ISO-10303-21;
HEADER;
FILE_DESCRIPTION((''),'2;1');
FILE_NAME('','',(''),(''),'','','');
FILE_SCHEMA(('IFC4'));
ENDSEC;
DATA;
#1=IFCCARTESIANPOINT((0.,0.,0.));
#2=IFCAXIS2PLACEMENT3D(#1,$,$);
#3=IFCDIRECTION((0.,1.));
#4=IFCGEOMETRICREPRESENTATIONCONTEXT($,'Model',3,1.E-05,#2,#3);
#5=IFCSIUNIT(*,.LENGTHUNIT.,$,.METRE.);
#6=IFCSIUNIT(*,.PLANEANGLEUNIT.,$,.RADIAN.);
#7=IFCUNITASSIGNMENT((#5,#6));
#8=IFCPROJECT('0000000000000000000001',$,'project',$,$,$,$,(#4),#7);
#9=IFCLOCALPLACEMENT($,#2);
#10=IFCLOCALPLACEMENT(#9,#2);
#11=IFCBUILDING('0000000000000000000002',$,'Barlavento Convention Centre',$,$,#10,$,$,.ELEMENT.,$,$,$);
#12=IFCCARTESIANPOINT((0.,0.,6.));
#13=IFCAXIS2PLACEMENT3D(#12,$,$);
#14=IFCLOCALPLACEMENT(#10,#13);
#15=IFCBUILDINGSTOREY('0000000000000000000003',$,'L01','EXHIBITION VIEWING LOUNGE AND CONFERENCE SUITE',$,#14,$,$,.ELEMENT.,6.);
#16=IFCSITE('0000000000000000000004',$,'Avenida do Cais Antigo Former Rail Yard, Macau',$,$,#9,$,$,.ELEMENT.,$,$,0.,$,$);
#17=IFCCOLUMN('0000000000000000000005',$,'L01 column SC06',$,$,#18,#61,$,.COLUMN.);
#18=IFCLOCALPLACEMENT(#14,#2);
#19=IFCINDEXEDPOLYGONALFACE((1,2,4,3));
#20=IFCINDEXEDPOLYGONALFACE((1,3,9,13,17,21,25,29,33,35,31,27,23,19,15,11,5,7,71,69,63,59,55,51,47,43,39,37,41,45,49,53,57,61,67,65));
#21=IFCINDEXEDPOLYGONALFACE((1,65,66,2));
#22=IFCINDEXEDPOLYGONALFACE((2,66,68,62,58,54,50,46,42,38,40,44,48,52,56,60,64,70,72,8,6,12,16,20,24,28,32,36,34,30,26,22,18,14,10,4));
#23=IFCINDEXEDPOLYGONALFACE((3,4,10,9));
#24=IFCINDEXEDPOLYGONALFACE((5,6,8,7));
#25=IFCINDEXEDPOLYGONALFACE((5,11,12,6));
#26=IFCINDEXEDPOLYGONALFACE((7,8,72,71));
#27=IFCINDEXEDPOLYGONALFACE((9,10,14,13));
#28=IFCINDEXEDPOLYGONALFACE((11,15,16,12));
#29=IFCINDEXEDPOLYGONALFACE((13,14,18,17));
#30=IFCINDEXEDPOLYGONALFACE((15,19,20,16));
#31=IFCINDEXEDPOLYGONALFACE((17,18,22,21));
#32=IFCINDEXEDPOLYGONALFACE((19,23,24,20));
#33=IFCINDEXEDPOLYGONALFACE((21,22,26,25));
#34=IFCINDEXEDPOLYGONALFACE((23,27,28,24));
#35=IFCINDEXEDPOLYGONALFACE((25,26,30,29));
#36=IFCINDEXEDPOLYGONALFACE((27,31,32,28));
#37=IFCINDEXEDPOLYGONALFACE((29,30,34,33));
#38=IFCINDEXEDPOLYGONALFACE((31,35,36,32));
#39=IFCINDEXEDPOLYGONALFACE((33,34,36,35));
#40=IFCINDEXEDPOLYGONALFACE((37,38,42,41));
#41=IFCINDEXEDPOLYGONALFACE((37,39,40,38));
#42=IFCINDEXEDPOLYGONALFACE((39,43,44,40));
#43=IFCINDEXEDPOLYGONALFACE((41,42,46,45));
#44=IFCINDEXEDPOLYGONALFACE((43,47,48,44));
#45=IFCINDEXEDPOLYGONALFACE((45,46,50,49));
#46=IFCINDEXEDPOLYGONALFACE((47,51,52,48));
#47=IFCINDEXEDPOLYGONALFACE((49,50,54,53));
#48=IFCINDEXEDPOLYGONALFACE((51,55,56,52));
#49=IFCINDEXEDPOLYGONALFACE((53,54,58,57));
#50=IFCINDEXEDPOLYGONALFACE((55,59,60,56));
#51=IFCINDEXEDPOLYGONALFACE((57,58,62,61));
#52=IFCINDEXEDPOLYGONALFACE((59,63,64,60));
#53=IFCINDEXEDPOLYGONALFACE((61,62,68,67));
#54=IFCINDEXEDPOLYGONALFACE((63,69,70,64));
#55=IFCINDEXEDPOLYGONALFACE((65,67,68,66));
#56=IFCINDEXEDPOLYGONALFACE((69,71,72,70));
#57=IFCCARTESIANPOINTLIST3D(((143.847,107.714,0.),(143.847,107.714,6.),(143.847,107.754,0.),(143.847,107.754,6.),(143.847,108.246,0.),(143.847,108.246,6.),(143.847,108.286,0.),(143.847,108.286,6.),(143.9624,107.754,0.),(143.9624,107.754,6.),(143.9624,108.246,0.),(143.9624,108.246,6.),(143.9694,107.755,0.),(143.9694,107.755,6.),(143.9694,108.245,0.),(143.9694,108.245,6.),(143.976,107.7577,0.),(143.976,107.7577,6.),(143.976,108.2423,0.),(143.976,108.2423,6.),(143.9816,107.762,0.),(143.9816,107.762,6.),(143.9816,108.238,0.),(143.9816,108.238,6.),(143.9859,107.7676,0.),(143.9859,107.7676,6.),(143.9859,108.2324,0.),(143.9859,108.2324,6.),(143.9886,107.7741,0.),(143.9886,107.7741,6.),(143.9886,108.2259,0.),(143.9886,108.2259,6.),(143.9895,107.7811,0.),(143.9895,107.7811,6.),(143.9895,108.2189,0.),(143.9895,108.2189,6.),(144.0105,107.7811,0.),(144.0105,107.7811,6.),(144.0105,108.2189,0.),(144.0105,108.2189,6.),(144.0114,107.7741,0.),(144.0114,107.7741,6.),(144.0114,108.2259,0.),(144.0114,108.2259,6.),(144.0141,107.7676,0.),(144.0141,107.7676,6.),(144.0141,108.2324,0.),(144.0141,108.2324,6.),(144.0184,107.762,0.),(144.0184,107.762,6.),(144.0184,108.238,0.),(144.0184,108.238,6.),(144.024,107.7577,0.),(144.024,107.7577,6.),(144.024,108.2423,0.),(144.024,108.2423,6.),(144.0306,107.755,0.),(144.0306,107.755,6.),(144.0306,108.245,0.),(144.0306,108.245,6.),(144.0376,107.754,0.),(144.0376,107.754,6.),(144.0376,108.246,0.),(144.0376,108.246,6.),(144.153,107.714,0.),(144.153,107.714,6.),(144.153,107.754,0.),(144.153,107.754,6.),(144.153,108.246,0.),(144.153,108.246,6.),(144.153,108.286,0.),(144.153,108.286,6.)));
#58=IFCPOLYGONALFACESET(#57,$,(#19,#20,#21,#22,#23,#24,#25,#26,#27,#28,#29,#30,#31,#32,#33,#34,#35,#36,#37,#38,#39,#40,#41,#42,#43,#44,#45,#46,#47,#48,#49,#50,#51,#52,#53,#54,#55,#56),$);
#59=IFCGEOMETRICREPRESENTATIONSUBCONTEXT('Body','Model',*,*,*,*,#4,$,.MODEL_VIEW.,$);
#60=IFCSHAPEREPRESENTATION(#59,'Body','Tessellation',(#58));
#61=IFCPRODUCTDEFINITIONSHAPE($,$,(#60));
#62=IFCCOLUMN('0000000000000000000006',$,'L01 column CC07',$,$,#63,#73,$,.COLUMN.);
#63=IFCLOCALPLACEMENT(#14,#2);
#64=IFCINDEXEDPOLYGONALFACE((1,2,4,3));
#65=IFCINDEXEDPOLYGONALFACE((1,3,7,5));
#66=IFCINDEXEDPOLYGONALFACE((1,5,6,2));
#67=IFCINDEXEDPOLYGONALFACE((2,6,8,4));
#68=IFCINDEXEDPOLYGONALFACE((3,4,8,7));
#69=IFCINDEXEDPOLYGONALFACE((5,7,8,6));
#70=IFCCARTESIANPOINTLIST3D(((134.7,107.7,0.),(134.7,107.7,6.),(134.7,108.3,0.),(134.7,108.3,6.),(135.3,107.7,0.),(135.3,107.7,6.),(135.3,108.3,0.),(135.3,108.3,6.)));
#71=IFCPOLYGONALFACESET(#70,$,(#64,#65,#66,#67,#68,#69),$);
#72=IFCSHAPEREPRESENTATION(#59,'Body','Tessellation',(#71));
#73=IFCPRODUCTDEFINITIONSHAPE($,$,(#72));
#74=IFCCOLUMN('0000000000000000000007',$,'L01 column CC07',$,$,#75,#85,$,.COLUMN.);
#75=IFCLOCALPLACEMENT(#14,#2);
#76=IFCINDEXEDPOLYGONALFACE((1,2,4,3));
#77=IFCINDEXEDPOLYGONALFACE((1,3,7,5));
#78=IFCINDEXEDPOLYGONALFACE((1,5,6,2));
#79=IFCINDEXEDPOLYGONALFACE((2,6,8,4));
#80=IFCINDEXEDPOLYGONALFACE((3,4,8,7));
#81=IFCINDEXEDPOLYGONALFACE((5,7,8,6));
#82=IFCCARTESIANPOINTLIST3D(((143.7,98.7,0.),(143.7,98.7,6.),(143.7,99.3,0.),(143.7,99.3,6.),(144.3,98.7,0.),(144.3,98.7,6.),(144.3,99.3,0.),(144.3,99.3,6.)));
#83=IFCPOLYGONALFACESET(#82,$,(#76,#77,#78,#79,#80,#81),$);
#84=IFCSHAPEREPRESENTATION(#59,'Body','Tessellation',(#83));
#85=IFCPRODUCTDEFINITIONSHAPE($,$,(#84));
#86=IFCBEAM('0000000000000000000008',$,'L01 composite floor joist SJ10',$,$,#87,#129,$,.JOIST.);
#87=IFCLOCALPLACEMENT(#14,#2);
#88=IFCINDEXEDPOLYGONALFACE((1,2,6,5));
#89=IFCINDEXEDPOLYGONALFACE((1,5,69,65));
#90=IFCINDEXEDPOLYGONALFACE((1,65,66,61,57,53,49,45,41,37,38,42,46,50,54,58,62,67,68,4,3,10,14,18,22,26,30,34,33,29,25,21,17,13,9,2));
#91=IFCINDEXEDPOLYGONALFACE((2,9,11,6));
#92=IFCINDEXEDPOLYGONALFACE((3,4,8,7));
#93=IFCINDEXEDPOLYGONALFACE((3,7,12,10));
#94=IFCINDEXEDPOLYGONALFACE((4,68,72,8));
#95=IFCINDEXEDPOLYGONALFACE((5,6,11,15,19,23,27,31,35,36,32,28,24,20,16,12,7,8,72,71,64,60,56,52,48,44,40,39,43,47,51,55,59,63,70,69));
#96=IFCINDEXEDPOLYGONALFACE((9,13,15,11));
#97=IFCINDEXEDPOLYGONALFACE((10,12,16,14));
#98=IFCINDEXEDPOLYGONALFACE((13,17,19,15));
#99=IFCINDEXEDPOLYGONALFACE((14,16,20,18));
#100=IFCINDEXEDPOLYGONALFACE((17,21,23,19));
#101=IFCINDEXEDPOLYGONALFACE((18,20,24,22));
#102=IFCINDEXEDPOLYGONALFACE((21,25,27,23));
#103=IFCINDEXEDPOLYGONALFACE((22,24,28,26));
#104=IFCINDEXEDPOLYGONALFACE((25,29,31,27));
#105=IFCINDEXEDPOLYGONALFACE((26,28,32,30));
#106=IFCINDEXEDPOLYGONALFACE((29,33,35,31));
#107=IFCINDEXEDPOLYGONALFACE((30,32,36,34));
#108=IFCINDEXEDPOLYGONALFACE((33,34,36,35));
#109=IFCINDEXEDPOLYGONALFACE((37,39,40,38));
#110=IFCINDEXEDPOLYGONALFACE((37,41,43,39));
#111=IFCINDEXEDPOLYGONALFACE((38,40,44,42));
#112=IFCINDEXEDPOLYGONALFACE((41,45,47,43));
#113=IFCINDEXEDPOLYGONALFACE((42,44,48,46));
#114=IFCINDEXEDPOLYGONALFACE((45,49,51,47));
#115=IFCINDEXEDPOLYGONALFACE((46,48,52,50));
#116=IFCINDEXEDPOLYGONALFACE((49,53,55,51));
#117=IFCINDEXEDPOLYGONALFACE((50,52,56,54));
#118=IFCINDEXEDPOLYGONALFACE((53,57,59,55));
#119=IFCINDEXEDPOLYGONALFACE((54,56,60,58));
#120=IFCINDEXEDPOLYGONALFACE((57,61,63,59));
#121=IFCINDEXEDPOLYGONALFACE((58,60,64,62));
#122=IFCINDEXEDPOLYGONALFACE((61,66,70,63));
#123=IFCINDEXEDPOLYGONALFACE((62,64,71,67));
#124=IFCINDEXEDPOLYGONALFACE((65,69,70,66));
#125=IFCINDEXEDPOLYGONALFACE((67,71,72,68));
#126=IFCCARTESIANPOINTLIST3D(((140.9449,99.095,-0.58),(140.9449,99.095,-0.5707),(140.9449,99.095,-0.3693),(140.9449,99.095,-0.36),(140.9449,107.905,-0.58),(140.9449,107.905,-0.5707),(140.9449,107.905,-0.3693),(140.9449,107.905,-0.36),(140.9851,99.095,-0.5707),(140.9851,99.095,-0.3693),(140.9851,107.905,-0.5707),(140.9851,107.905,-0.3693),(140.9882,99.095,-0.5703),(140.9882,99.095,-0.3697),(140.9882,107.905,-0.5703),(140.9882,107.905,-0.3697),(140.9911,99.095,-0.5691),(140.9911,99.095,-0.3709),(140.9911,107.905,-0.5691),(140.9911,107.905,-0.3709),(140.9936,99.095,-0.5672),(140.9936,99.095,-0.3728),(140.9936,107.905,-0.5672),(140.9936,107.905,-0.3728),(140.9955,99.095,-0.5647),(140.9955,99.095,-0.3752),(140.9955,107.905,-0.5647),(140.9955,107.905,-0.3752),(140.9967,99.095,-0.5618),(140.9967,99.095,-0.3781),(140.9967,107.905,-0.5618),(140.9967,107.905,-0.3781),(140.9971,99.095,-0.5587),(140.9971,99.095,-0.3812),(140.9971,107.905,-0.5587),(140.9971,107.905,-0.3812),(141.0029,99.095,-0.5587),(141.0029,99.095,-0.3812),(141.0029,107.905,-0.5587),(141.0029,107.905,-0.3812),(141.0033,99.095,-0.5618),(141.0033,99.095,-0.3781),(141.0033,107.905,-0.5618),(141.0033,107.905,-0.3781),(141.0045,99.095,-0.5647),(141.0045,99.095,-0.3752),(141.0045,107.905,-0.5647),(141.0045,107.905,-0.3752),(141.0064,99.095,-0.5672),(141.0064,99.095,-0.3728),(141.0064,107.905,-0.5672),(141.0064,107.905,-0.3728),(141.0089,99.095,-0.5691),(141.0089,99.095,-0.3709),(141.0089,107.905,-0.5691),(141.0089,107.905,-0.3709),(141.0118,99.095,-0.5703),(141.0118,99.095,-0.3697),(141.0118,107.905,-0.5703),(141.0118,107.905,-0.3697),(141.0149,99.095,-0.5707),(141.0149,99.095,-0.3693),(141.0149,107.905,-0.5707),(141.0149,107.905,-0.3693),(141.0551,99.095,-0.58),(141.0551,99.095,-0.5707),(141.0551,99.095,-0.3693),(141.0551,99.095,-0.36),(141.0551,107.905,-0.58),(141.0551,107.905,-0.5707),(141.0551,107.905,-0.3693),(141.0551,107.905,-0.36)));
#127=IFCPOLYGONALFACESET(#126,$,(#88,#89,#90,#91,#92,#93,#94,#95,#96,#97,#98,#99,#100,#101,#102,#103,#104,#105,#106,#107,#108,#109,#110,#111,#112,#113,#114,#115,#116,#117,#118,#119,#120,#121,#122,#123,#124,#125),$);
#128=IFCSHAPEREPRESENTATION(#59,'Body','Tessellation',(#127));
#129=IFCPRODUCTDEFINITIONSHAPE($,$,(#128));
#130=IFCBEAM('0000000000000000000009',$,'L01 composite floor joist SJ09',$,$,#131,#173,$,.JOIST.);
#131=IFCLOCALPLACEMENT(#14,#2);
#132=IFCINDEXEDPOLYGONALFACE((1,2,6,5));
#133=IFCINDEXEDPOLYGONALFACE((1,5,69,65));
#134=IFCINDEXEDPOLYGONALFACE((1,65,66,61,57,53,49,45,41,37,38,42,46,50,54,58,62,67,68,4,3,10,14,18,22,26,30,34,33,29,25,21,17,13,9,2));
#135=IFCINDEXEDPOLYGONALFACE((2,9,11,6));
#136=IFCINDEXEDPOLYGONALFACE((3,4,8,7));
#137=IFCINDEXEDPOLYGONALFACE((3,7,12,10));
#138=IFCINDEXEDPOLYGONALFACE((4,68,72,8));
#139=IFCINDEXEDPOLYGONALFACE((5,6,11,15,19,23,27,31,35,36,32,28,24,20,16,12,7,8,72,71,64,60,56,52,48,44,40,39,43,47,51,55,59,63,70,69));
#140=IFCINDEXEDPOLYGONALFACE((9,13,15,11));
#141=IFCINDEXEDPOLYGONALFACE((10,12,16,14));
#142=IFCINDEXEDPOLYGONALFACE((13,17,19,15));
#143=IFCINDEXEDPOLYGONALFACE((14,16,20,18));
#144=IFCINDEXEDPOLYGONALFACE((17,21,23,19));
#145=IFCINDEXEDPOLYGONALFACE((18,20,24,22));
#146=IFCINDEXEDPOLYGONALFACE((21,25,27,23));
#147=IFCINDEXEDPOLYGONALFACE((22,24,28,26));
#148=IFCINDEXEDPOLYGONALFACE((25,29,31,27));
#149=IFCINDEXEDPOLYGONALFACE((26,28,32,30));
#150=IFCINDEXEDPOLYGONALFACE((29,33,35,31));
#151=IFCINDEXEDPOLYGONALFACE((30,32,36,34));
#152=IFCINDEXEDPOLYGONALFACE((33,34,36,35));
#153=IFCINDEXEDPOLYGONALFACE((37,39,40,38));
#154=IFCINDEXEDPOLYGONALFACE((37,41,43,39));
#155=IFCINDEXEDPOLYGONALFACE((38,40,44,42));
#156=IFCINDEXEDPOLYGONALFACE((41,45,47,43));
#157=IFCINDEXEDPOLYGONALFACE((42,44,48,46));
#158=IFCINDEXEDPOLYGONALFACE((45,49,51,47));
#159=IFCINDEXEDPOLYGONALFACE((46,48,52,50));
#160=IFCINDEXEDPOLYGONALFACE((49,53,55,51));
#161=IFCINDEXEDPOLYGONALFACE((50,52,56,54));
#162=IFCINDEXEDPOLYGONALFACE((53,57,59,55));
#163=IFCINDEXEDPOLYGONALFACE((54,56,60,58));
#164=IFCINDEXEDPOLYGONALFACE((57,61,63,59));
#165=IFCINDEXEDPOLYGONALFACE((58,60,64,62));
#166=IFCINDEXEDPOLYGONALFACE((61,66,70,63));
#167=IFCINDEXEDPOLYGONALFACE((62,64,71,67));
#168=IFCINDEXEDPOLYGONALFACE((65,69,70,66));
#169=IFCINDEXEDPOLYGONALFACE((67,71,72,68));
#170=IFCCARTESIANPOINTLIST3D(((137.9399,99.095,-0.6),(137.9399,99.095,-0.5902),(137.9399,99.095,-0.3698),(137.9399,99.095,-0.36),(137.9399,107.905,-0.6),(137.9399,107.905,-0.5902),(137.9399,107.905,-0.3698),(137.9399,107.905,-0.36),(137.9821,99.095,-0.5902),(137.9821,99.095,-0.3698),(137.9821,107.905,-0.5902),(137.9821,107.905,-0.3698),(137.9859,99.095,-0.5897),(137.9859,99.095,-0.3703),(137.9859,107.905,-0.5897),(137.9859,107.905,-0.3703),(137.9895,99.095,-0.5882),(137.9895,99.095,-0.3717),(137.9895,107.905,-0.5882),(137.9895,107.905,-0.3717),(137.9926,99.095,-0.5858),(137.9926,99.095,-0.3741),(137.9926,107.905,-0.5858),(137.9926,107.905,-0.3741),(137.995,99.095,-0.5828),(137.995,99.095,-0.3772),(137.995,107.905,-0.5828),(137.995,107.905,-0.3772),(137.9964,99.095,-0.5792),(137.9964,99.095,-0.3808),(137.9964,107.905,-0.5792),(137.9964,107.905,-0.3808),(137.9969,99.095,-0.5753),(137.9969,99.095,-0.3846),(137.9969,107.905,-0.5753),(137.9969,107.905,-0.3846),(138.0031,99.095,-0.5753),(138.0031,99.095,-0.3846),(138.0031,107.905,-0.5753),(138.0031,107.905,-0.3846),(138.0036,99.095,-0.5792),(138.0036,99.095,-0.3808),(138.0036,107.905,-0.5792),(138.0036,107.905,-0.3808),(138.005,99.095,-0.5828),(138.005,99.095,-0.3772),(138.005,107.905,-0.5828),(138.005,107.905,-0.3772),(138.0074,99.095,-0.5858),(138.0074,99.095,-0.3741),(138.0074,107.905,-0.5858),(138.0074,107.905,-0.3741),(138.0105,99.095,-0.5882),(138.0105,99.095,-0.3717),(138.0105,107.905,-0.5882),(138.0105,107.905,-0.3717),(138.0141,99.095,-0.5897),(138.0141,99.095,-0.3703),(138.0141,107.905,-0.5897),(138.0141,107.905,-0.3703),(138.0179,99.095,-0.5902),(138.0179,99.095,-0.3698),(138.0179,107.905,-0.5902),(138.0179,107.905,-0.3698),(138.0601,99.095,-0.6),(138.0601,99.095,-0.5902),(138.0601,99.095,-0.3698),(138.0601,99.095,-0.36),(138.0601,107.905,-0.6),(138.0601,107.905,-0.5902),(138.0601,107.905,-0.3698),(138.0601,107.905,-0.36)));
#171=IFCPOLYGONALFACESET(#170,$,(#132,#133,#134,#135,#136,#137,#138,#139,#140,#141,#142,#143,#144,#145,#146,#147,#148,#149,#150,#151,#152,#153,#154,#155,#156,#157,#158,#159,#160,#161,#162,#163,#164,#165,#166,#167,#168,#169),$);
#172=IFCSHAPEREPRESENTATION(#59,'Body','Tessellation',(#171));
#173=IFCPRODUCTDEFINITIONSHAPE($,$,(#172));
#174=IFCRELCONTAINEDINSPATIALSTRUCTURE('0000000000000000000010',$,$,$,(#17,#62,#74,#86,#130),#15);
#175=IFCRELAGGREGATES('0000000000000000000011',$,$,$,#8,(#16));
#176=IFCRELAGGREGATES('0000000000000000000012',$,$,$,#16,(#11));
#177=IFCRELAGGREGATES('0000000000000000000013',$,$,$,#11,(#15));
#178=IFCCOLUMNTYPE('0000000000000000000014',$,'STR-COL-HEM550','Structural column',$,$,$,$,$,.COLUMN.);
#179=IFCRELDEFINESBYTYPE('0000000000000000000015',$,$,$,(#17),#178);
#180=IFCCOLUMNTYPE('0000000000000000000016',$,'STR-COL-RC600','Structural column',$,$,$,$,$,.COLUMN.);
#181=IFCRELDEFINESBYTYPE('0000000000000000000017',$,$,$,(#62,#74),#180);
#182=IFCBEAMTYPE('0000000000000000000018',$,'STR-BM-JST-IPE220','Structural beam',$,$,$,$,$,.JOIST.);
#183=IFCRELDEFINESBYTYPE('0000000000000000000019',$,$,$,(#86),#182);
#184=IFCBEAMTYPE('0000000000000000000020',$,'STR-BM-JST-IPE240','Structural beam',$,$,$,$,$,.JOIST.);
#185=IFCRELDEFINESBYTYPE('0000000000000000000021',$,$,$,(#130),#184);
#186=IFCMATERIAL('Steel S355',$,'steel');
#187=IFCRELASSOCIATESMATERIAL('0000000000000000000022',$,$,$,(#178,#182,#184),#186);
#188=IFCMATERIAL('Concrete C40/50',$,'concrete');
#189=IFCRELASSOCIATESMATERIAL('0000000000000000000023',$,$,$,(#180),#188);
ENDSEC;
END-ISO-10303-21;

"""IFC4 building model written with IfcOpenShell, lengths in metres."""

from ifc_helpers import new_model, si_unit, direction, frame, origin, origin_2d, place, context, subcontext, project, spatial, rectangle, i_section, extrude, material, material_profile, profile_set, type_object, element, save


model = new_model("IFC4")

# Units and contexts
model_context = context("Model", 3, precision=1e-05, world=origin(), true_north=direction((0.0, 1.0)))
body_context = subcontext(model_context, "Body", "Model", "MODEL_VIEW")
ifc_project = project(units=[si_unit("LENGTHUNIT", "METRE"), si_unit("PLANEANGLEUNIT", "RADIAN")], contexts=[model_context])

# Site, building, storey
site_placement = place(None, origin())
site = spatial("IfcSite", under=ifc_project, at=site_placement, Name="Avenida do Cais Antigo Former Rail Yard, Macau", CompositionType="ELEMENT", RefElevation=0.0)
building_placement = place(site_placement, origin())
building = spatial("IfcBuilding", under=site, at=building_placement, Name="Barlavento Convention Centre", CompositionType="ELEMENT")
storey_placement = place(building_placement, frame((0.0, 0.0, 6.0)))
storey = spatial("IfcBuildingStorey", under=building, at=storey_placement, Name="L01", Description="EXHIBITION VIEWING LOUNGE AND CONFERENCE SUITE", CompositionType="ELEMENT", Elevation=6.0)

# Columns
ifc_material_1 = material(Name="Steel S355", Category="steel")
ifc_material_profile_1 = material_profile(ifc_material_1, i_section(OverallWidth=0.3059, OverallDepth=0.572, WebThickness=0.021, FlangeThickness=0.04, FilletRadius=0.0271, at=origin_2d()), Name="HEM 550")
ifc_profile_set_1 = profile_set([ifc_material_profile_1], Name="Steel S355")
column_type_1 = type_object("IfcColumnType", Name="STR-COL-HEM550", Description="Structural column", PredefinedType="COLUMN", material=ifc_profile_set_1)
column_placement = place(storey_placement, frame((144.0, 108.0, 0.0), z_axis=(0.0, 0.0, 1.0), x_axis=(1.0, 0.0, 0.0)))
element("IfcColumn", 1, at=column_placement, inside=storey, type_object=column_type_1, Name="L01 column SC06", PredefinedType="COLUMN", context=body_context, shape_type="SweptSolid", body=[
    extrude(i_section(OverallWidth=0.3059, OverallDepth=0.572, WebThickness=0.021, FlangeThickness=0.04, FilletRadius=0.0271, at=origin_2d()), origin(), (0.0, 0.0, 1.0), 6.0),
])
ifc_material_2 = material(Name="Concrete C40/50", Category="concrete")
ifc_material_profile_2 = material_profile(ifc_material_2, rectangle(XDim=0.6001, YDim=0.6001, at=origin_2d()), Name="RC 600x600")
ifc_profile_set_2 = profile_set([ifc_material_profile_2], Name="Concrete C40/50")
column_type_2 = type_object("IfcColumnType", Name="STR-COL-RC600", Description="Structural column", PredefinedType="COLUMN", material=ifc_profile_set_2)
for number, where, z_axis, x_axis, name in (
    (2, (135.0, 108.0, 0.0), (0.0, 0.0, 1.0), (1.0, 0.0, 0.0), "L01 column CC07"),
    (3, (144.0, 99.0, 0.0), (0.0, 0.0, 1.0), (1.0, 0.0, 0.0), "L01 column CC07"),
):
    element("IfcColumn", number, at=place(storey_placement, frame(where, z_axis=z_axis, x_axis=x_axis)), inside=storey, type_object=column_type_2, Name=name, PredefinedType="COLUMN", context=body_context, shape_type="SweptSolid", body=[
        extrude(rectangle(XDim=0.6001, YDim=0.6001, at=origin_2d()), origin(), (0.0, 0.0, 1.0), 6.0),
    ])

# Beams
ifc_material_profile_3 = material_profile(ifc_material_1, i_section(OverallWidth=0.1101, OverallDepth=0.22, WebThickness=0.0059, FlangeThickness=0.0093, FilletRadius=0.012, at=origin_2d()), Name="IPE 220")
ifc_profile_set_3 = profile_set([ifc_material_profile_3], Name="Steel S355")
beam_type_1 = type_object("IfcBeamType", Name="STR-BM-JST-IPE220", Description="Structural beam", PredefinedType="JOIST", material=ifc_profile_set_3)
beam_1_placement = place(storey_placement, frame((141.0, 99.095, -0.47), z_axis=(0.0, 1.0, 0.0), x_axis=(-1.0, 0.0, 0.0)))
element("IfcBeam", 4, at=beam_1_placement, inside=storey, type_object=beam_type_1, Name="L01 composite floor joist SJ10", PredefinedType="JOIST", context=body_context, shape_type="SweptSolid", body=[
    extrude(i_section(OverallWidth=0.1101, OverallDepth=0.22, WebThickness=0.0059, FlangeThickness=0.0093, FilletRadius=0.012, at=origin_2d()), origin(), (0.0, 0.0, 1.0), 8.8101),
])
ifc_material_profile_4 = material_profile(ifc_material_1, i_section(OverallWidth=0.1201, OverallDepth=0.24, WebThickness=0.0061, FlangeThickness=0.0098, FilletRadius=0.0149, at=origin_2d()), Name="IPE 240")
ifc_profile_set_4 = profile_set([ifc_material_profile_4], Name="Steel S355")
beam_type_2 = type_object("IfcBeamType", Name="STR-BM-JST-IPE240", Description="Structural beam", PredefinedType="JOIST", material=ifc_profile_set_4)
beam_2_placement = place(storey_placement, frame((138.0, 99.095, -0.48), z_axis=(0.0, 1.0, 0.0), x_axis=(-1.0, 0.0, 0.0)))
element("IfcBeam", 5, at=beam_2_placement, inside=storey, type_object=beam_type_2, Name="L01 composite floor joist SJ09", PredefinedType="JOIST", context=body_context, shape_type="SweptSolid", body=[
    extrude(i_section(OverallWidth=0.1201, OverallDepth=0.24, WebThickness=0.0061, FlangeThickness=0.0098, FilletRadius=0.0149, at=origin_2d()), origin(), (0.0, 0.0, 1.0), 8.8101),
])

save(model, "model.ifc")
